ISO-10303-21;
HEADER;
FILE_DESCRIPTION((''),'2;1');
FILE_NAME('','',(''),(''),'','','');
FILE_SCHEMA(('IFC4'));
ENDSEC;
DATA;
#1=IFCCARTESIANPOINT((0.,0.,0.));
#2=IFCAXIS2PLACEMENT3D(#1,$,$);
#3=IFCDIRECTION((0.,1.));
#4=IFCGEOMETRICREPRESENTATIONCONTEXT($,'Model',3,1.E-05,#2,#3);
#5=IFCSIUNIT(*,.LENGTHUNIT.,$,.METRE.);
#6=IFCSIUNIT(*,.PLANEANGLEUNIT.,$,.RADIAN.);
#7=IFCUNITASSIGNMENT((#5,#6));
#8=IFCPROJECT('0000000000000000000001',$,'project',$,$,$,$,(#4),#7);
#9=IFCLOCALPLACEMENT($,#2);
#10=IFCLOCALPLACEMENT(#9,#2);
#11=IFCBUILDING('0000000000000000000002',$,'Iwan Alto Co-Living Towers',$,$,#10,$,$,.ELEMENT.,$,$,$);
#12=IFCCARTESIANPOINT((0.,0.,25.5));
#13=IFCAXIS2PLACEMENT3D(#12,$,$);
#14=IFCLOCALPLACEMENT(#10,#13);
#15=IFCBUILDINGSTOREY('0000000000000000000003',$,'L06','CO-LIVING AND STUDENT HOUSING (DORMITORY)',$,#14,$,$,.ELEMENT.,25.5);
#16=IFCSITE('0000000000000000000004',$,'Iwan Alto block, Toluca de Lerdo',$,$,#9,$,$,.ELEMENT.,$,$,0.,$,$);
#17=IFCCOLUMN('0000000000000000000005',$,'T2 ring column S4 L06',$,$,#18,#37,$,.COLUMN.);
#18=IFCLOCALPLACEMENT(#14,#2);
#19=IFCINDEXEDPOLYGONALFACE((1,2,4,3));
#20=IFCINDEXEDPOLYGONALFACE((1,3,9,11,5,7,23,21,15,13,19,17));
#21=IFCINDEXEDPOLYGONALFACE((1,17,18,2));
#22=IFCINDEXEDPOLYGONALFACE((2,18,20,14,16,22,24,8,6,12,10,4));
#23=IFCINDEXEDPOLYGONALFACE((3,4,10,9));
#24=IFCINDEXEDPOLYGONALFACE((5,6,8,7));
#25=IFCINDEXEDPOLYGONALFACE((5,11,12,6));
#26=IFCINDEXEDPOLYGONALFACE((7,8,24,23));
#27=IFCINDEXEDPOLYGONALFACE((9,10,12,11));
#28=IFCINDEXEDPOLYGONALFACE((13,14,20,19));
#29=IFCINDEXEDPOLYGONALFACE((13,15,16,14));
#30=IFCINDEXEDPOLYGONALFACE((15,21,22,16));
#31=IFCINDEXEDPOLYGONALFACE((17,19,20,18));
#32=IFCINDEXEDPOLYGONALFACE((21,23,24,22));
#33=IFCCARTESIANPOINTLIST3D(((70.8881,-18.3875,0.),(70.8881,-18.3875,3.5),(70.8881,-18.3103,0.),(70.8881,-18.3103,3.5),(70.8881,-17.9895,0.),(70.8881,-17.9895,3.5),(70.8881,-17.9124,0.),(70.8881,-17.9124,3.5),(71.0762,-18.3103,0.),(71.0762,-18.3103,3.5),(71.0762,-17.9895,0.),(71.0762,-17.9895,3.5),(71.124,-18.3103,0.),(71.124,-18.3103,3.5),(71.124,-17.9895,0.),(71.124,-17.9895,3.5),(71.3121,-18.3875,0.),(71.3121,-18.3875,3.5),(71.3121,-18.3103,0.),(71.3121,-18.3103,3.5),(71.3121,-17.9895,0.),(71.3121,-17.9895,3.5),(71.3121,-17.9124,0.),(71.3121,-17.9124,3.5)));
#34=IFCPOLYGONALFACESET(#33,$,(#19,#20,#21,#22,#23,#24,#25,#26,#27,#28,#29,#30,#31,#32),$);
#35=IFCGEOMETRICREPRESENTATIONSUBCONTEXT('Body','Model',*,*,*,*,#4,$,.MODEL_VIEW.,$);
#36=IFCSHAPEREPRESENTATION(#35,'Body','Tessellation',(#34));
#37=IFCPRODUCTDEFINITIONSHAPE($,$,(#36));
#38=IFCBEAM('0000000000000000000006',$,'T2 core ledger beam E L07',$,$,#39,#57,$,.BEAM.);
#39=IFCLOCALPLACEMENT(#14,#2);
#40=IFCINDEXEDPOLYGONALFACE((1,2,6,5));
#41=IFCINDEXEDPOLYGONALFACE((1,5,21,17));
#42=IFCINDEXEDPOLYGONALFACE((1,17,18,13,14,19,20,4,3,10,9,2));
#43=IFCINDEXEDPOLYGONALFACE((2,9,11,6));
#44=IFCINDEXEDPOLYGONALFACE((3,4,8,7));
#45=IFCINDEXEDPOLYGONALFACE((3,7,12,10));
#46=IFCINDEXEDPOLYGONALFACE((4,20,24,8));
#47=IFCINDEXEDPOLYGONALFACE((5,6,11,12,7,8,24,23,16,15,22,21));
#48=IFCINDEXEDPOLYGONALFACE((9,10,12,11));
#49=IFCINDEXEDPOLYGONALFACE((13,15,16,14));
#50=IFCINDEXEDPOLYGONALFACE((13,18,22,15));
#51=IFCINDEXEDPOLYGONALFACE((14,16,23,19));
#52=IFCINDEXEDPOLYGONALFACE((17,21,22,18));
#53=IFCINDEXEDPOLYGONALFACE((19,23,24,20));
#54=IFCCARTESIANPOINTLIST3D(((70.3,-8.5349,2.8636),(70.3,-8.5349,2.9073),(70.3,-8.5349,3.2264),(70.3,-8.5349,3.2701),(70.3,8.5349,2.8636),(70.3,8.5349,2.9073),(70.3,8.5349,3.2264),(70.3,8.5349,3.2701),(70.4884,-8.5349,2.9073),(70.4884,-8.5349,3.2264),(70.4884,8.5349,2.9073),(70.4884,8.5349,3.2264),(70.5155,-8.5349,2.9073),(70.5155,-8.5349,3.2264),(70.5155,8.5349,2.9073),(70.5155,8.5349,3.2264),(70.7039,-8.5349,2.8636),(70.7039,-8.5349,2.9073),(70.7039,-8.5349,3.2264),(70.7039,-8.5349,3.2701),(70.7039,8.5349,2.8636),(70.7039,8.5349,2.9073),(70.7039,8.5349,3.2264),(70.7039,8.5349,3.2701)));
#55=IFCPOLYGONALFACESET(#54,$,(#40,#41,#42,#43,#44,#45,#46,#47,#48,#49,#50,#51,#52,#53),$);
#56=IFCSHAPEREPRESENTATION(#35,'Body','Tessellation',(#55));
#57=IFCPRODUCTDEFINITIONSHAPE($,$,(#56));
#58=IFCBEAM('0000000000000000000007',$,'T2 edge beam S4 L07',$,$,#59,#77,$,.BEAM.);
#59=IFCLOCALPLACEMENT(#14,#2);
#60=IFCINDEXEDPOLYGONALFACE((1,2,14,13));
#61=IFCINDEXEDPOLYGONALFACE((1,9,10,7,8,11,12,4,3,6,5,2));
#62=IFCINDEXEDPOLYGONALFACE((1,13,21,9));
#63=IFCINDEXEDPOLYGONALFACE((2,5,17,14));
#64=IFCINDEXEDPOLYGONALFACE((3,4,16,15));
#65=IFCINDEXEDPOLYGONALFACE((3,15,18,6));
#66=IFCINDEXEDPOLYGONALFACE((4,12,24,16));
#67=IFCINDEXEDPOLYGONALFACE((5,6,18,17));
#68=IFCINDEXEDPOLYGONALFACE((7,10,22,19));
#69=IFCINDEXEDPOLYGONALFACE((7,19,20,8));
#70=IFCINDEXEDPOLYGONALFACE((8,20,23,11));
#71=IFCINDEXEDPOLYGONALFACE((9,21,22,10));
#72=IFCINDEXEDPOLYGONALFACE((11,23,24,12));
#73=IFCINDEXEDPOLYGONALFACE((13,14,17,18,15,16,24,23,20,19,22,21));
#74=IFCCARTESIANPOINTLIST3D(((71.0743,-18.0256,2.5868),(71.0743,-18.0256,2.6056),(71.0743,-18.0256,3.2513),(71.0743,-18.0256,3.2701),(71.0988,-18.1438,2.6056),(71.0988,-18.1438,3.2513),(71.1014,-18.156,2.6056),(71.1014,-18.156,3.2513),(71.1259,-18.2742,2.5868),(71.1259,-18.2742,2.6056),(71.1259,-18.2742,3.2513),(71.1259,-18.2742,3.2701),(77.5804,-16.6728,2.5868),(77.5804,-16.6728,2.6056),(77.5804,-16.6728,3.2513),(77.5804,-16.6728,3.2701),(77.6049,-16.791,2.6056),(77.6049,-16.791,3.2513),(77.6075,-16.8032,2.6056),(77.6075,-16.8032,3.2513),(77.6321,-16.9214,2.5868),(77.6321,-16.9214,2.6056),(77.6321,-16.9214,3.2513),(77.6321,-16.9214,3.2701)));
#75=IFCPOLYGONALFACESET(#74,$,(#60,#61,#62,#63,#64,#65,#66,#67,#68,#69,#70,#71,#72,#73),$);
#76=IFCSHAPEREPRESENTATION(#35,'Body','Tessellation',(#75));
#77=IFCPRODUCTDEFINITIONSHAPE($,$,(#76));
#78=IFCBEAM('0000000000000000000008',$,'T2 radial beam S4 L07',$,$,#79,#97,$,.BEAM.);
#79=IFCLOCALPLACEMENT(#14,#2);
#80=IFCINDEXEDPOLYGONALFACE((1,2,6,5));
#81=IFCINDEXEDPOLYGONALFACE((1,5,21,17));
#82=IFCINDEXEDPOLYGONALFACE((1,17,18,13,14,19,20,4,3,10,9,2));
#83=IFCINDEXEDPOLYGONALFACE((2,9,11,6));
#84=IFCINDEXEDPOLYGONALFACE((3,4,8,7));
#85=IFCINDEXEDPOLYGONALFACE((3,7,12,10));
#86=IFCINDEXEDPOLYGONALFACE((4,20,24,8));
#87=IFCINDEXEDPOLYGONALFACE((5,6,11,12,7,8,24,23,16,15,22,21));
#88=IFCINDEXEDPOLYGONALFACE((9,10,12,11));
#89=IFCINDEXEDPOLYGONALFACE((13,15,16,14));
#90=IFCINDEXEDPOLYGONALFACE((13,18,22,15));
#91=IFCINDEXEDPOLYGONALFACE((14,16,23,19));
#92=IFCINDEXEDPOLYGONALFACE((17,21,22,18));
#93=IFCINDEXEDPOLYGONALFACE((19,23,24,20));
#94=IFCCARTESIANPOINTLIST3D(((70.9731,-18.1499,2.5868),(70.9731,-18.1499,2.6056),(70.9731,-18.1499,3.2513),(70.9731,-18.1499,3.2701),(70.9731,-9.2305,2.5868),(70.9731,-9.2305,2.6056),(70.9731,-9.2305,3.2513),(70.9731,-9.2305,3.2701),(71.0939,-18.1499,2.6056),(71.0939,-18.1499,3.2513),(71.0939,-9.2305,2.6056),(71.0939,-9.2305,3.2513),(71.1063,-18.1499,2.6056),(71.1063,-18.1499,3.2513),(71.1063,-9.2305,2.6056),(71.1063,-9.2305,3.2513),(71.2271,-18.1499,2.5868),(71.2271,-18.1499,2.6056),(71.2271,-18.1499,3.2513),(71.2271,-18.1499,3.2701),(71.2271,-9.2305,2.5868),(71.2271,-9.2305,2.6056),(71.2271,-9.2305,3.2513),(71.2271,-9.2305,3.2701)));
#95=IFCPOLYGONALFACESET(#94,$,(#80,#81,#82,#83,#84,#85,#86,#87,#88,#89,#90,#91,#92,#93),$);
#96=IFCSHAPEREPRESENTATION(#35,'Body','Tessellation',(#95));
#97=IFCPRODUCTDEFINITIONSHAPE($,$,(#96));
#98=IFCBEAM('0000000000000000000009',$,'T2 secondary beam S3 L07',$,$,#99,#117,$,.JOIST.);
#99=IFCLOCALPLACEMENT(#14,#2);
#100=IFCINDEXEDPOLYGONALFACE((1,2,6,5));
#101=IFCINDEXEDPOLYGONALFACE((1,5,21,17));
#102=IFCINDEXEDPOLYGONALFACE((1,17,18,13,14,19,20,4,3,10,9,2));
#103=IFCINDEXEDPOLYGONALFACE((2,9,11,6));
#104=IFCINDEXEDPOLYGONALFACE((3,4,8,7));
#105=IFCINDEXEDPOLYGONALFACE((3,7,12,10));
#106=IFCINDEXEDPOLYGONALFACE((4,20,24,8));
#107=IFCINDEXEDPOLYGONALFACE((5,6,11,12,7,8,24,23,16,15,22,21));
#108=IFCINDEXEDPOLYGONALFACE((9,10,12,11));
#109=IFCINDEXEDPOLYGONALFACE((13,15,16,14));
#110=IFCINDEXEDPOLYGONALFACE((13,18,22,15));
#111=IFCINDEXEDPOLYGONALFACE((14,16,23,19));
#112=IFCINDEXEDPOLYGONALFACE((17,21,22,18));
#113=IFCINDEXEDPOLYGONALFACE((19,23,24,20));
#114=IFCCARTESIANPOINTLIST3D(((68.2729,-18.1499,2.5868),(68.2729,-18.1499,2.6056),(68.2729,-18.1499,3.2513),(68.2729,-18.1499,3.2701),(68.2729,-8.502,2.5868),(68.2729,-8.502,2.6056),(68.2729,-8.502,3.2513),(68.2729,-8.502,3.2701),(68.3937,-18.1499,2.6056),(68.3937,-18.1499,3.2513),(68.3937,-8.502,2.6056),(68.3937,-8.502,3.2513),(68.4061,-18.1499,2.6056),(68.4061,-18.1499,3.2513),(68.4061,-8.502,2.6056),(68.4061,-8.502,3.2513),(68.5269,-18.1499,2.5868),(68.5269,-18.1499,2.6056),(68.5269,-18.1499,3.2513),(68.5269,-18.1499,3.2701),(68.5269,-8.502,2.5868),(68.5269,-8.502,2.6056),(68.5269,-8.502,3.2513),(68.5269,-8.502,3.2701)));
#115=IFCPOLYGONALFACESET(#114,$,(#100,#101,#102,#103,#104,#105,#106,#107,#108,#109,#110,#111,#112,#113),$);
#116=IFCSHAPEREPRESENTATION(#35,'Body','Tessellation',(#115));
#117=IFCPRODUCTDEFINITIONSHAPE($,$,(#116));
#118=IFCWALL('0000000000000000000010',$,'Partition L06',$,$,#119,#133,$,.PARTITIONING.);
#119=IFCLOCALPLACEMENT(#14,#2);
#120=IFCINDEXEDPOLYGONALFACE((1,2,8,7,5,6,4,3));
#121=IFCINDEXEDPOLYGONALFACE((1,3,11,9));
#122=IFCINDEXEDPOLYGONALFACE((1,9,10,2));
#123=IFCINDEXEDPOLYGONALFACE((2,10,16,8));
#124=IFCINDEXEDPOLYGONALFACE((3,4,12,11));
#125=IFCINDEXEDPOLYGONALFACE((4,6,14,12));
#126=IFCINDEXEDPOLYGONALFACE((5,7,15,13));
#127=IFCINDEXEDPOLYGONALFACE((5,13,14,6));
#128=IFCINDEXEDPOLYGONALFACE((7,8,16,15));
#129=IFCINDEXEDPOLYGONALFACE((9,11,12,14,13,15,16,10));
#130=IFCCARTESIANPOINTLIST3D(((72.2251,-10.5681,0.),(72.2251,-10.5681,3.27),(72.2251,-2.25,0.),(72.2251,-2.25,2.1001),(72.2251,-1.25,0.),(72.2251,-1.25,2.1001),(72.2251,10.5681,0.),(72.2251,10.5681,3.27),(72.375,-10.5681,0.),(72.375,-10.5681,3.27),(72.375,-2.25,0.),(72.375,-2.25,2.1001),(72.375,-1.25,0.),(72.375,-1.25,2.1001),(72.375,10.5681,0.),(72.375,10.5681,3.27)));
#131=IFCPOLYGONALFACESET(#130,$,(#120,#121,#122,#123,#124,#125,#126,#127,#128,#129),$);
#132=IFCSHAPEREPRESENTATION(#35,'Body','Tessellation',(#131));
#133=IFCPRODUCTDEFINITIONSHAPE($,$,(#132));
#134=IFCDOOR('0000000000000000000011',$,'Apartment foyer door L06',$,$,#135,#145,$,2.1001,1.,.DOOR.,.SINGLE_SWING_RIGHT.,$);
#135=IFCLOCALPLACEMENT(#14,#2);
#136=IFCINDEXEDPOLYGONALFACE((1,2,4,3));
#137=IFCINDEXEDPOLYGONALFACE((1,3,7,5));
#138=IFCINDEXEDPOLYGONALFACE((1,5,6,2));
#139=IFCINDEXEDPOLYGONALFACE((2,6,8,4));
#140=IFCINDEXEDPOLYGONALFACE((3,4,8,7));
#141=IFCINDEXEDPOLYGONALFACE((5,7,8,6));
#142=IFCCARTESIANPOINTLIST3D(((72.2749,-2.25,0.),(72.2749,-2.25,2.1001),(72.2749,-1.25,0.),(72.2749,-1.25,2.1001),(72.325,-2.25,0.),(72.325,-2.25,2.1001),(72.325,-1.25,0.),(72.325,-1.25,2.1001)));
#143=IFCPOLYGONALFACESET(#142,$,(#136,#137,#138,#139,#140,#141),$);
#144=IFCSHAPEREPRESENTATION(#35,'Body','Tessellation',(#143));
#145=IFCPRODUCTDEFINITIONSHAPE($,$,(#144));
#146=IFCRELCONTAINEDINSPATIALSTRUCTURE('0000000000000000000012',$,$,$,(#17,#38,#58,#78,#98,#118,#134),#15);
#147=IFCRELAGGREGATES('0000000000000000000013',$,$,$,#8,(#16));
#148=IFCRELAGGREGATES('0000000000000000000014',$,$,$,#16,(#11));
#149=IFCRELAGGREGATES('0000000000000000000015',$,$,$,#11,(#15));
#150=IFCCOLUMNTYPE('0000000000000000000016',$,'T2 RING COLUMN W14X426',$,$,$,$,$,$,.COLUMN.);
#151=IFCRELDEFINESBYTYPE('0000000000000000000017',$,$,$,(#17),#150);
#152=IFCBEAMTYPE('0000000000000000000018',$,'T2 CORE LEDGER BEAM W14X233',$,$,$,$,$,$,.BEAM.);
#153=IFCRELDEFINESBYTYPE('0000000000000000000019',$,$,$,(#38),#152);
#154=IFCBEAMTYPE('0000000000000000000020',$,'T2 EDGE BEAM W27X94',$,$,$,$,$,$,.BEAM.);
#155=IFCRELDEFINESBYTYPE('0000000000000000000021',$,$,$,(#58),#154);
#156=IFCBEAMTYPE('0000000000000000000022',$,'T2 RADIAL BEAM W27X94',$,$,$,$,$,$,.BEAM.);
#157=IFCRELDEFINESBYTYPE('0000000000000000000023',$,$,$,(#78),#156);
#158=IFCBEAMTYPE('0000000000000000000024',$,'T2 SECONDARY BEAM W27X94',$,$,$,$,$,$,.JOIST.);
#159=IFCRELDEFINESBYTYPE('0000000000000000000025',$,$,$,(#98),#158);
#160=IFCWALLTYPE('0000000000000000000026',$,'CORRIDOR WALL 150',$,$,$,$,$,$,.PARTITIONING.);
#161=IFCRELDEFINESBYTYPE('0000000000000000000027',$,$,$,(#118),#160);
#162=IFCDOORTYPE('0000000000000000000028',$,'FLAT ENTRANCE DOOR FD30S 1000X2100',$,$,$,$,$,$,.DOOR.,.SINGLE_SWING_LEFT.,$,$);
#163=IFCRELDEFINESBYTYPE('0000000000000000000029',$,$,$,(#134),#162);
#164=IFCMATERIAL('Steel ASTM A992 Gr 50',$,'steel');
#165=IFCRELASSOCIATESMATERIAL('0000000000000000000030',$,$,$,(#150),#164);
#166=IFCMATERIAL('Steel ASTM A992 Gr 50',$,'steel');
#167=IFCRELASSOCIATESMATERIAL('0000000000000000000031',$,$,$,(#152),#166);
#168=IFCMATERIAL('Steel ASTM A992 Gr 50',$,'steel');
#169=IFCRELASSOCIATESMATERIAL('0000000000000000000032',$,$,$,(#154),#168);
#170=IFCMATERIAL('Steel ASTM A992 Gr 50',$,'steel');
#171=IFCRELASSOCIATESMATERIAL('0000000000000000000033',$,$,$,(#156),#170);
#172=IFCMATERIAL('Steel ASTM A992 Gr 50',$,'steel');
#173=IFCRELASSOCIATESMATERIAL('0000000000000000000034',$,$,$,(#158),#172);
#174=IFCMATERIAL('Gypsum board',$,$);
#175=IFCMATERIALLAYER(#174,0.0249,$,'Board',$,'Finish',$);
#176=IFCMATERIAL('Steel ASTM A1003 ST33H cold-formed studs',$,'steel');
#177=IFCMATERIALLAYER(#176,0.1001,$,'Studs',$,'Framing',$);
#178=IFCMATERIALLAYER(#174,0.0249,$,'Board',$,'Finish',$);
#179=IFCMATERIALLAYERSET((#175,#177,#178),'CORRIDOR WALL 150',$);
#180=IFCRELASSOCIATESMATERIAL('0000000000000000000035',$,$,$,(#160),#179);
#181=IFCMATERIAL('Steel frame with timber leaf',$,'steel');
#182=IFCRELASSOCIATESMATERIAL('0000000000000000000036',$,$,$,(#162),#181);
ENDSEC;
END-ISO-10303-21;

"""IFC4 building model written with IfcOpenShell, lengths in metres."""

from ifc_helpers import new_model, si_unit, direction, frame, frame_2d, origin, origin_2d, place, context, subcontext, project, spatial, rectangle, i_section, extrude, material, layer, layer_set, material_profile, profile_set, type_object, element, fill, save


model = new_model("IFC4")

# Units and contexts
model_context = context("Model", 3, precision=1e-05, world=origin(), true_north=direction((0.0, 1.0)))
body_context = subcontext(model_context, "Body", "Model", "MODEL_VIEW")
ifc_project = project(units=[si_unit("LENGTHUNIT", "METRE"), si_unit("PLANEANGLEUNIT", "RADIAN")], contexts=[model_context])

# Site, building, storey
site_placement = place(None, origin())
site = spatial("IfcSite", under=ifc_project, at=site_placement, Name="Iwan Alto block, Toluca de Lerdo", CompositionType="ELEMENT", RefElevation=0.0)
building_placement = place(site_placement, origin())
building = spatial("IfcBuilding", under=site, at=building_placement, Name="Iwan Alto Co-Living Towers", CompositionType="ELEMENT")
storey_placement = place(building_placement, frame((0.0, 0.0, 25.5)))
storey = spatial("IfcBuildingStorey", under=building, at=storey_placement, Name="L06", Description="CO-LIVING AND STUDENT HOUSING (DORMITORY)", CompositionType="ELEMENT", Elevation=25.5)

# Column
ifc_material_1 = material(Name="Steel ASTM A992 Gr 50", Category="steel")
ifc_material_profile_1 = material_profile(ifc_material_1, i_section(OverallWidth=0.4241, OverallDepth=0.4751, WebThickness=0.0479, FlangeThickness=0.0771, at=origin_2d()), Name="W14X426")
ifc_profile_set_1 = profile_set([ifc_material_profile_1], Name="Steel ASTM A992 Gr 50")
column_type = type_object("IfcColumnType", Name="T2 RING COLUMN W14X426", PredefinedType="COLUMN", material=ifc_profile_set_1)
column_placement = place(storey_placement, frame((71.1001, -18.1499, 0.0), z_axis=(0.0, 0.0, 1.0), x_axis=(1.0, 0.0, 0.0)))
element("IfcColumn", 1, at=column_placement, inside=storey, type_object=column_type, Name="T2 ring column S4 L06", PredefinedType="COLUMN", context=body_context, shape_type="SweptSolid", body=[
    extrude(i_section(OverallWidth=0.4241, OverallDepth=0.4751, WebThickness=0.0479, FlangeThickness=0.0771, at=origin_2d()), origin(), (0.0, 0.0, 1.0), 3.5),
])

# Beams
ifc_material_2 = material(Name="Steel ASTM A992 Gr 50", Category="steel")
ifc_material_profile_2 = material_profile(ifc_material_2, i_section(OverallWidth=0.4038, OverallDepth=0.4065, WebThickness=0.0271, FlangeThickness=0.0437, at=origin_2d()), Name="W14X233")
ifc_profile_set_2 = profile_set([ifc_material_profile_2], Name="Steel ASTM A992 Gr 50")
beam_type_1 = type_object("IfcBeamType", Name="T2 CORE LEDGER BEAM W14X233", PredefinedType="BEAM", material=ifc_profile_set_2)
beam_1_placement = place(storey_placement, frame((70.502, -8.5349, 3.0669), z_axis=(0.0, 1.0, 0.0), x_axis=(-1.0, 0.0, 0.0)))
element("IfcBeam", 2, at=beam_1_placement, inside=storey, type_object=beam_type_1, Name="T2 core ledger beam E L07", PredefinedType="BEAM", context=body_context, shape_type="SweptSolid", body=[
    extrude(i_section(OverallWidth=0.4038, OverallDepth=0.4065, WebThickness=0.0271, FlangeThickness=0.0437, at=origin_2d()), origin(), (0.0, 0.0, 1.0), 17.0698),
])
ifc_material_3 = material(Name="Steel ASTM A992 Gr 50", Category="steel")
ifc_material_profile_3 = material_profile(ifc_material_3, i_section(OverallWidth=0.2539, OverallDepth=0.6833, WebThickness=0.0125, FlangeThickness=0.0188, at=origin_2d()), Name="W27X94")
ifc_profile_set_3 = profile_set([ifc_material_profile_3], Name="Steel ASTM A992 Gr 50")
beam_type_2 = type_object("IfcBeamType", Name="T2 EDGE BEAM W27X94", PredefinedType="BEAM", material=ifc_profile_set_3)
beam_2_placement = place(storey_placement, frame((71.1001, -18.1499, 2.9285), z_axis=(0.97906, 0.203571, 0.0), x_axis=(-0.203571, 0.97906, 0.0)))
element("IfcBeam", 3, at=beam_2_placement, inside=storey, type_object=beam_type_2, Name="T2 edge beam S4 L07", PredefinedType="BEAM", context=body_context, shape_type="SweptSolid", body=[
    extrude(i_section(OverallWidth=0.2539, OverallDepth=0.6833, WebThickness=0.0125, FlangeThickness=0.0188, at=origin_2d()), origin(), (0.0, 0.0, 1.0), 6.6453),
])
ifc_material_4 = material(Name="Steel ASTM A992 Gr 50", Category="steel")
ifc_material_profile_4 = material_profile(ifc_material_4, i_section(OverallWidth=0.2539, OverallDepth=0.6833, WebThickness=0.0125, FlangeThickness=0.0188, at=origin_2d()), Name="W27X94")
ifc_profile_set_4 = profile_set([ifc_material_profile_4], Name="Steel ASTM A992 Gr 50")
beam_type_3 = type_object("IfcBeamType", Name="T2 RADIAL BEAM W27X94", PredefinedType="BEAM", material=ifc_profile_set_4)
beam_3_placement = place(storey_placement, frame((71.1001, -18.1499, 2.9285), z_axis=(0.0, 1.0, 0.0), x_axis=(-1.0, 0.0, 0.0)))
element("IfcBeam", 4, at=beam_3_placement, inside=storey, type_object=beam_type_3, Name="T2 radial beam S4 L07", PredefinedType="BEAM", context=body_context, shape_type="SweptSolid", body=[
    extrude(i_section(OverallWidth=0.2539, OverallDepth=0.6833, WebThickness=0.0125, FlangeThickness=0.0188, at=origin_2d()), origin(), (0.0, 0.0, 1.0), 8.9194),
])
ifc_material_5 = material(Name="Steel ASTM A992 Gr 50", Category="steel")
ifc_material_profile_5 = material_profile(ifc_material_5, i_section(OverallWidth=0.2539, OverallDepth=0.6833, WebThickness=0.0125, FlangeThickness=0.0188, at=origin_2d()), Name="W27X94")
ifc_profile_set_5 = profile_set([ifc_material_profile_5], Name="Steel ASTM A992 Gr 50")
beam_type_4 = type_object("IfcBeamType", Name="T2 SECONDARY BEAM W27X94", PredefinedType="JOIST", material=ifc_profile_set_5)
beam_4_placement = place(storey_placement, frame((68.3999, -18.1499, 2.9285), z_axis=(0.0, 1.0, 0.0), x_axis=(-1.0, 0.0, 0.0)))
element("IfcBeam", 5, at=beam_4_placement, inside=storey, type_object=beam_type_4, Name="T2 secondary beam S3 L07", PredefinedType="JOIST", context=body_context, shape_type="SweptSolid", body=[
    extrude(i_section(OverallWidth=0.2539, OverallDepth=0.6833, WebThickness=0.0125, FlangeThickness=0.0188, at=origin_2d()), origin(), (0.0, 0.0, 1.0), 9.6479),
])

# Wall, opening, door
ifc_material_6 = material(Name="Gypsum board")
ifc_layer_1 = layer(ifc_material_6, 0.0249, Name="Board", Category="Finish")
ifc_material_7 = material(Name="Steel ASTM A1003 ST33H cold-formed studs", Category="steel")
ifc_layer_2 = layer(ifc_material_7, 0.1001, Name="Studs", Category="Framing")
ifc_layer_3 = layer(ifc_material_6, 0.0249, Name="Board", Category="Finish")
ifc_layer_set_1 = layer_set([ifc_layer_1, ifc_layer_2, ifc_layer_3], Name="CORRIDOR WALL 150")
wall_type_1 = type_object("IfcWallType", Name="CORRIDOR WALL 150", PredefinedType="PARTITIONING", material=ifc_layer_set_1)
wall_1_placement = place(storey_placement, frame((72.3, -10.5681, 0.0), z_axis=(0.0, 0.0, 1.0), x_axis=(0.0, 1.0, 0.0)))
wall_1 = element("IfcWall", 6, at=wall_1_placement, inside=storey, type_object=wall_type_1, Name="Partition L06", PredefinedType="PARTITIONING", context=body_context, shape_type="SweptSolid", body=[
    extrude(rectangle(XDim=21.1362, YDim=0.1499, at=frame_2d((10.5681, 0.0))), origin(), (0.0, 0.0, 1.0), 3.27),
])
opening_1_placement = place(wall_1_placement, frame((8.3181, 0.0, 0.0)))
opening_1 = element("IfcOpeningElement", 7, at=opening_1_placement, cuts=wall_1, PredefinedType="OPENING", context=body_context, shape_type="SweptSolid", body=[
    extrude(rectangle(XDim=1.0, YDim=2.1001, at=frame_2d((0.5, 1.05))), frame((0.0, 0.085, 0.0), z_axis=(0.0, -1.0, 0.0), x_axis=(1.0, 0.0, 0.0)), (0.0, 0.0, 1.0), 0.1699),
])
ifc_material_8 = material(Name="Steel frame with timber leaf", Category="steel")
door_type_1 = type_object("IfcDoorType", Name="FLAT ENTRANCE DOOR FD30S 1000X2100", OperationType="SINGLE_SWING_LEFT", PredefinedType="DOOR", material=ifc_material_8)
door_1_placement = place(opening_1_placement, frame((1.0, 0.0, 0.0), z_axis=(0.0, 0.0, 1.0), x_axis=(-1.0, 0.0, 0.0)))
door_1 = element("IfcDoor", 8, at=door_1_placement, inside=storey, type_object=door_type_1, Name="Apartment foyer door L06", OperationType="SINGLE_SWING_RIGHT", OverallHeight=2.1001, OverallWidth=1.0, PredefinedType="DOOR", context=body_context, shape_type="SweptSolid", body=[
    extrude(rectangle(XDim=1.0, YDim=2.1001, at=frame_2d((0.5, 1.05))), frame((0.0, 0.0249, 0.0), z_axis=(0.0, -1.0, 0.0), x_axis=(1.0, 0.0, 0.0)), (0.0, 0.0, 1.0), 0.05),
])
fill(opening_1, door_1)

save(model, "model.ifc")
